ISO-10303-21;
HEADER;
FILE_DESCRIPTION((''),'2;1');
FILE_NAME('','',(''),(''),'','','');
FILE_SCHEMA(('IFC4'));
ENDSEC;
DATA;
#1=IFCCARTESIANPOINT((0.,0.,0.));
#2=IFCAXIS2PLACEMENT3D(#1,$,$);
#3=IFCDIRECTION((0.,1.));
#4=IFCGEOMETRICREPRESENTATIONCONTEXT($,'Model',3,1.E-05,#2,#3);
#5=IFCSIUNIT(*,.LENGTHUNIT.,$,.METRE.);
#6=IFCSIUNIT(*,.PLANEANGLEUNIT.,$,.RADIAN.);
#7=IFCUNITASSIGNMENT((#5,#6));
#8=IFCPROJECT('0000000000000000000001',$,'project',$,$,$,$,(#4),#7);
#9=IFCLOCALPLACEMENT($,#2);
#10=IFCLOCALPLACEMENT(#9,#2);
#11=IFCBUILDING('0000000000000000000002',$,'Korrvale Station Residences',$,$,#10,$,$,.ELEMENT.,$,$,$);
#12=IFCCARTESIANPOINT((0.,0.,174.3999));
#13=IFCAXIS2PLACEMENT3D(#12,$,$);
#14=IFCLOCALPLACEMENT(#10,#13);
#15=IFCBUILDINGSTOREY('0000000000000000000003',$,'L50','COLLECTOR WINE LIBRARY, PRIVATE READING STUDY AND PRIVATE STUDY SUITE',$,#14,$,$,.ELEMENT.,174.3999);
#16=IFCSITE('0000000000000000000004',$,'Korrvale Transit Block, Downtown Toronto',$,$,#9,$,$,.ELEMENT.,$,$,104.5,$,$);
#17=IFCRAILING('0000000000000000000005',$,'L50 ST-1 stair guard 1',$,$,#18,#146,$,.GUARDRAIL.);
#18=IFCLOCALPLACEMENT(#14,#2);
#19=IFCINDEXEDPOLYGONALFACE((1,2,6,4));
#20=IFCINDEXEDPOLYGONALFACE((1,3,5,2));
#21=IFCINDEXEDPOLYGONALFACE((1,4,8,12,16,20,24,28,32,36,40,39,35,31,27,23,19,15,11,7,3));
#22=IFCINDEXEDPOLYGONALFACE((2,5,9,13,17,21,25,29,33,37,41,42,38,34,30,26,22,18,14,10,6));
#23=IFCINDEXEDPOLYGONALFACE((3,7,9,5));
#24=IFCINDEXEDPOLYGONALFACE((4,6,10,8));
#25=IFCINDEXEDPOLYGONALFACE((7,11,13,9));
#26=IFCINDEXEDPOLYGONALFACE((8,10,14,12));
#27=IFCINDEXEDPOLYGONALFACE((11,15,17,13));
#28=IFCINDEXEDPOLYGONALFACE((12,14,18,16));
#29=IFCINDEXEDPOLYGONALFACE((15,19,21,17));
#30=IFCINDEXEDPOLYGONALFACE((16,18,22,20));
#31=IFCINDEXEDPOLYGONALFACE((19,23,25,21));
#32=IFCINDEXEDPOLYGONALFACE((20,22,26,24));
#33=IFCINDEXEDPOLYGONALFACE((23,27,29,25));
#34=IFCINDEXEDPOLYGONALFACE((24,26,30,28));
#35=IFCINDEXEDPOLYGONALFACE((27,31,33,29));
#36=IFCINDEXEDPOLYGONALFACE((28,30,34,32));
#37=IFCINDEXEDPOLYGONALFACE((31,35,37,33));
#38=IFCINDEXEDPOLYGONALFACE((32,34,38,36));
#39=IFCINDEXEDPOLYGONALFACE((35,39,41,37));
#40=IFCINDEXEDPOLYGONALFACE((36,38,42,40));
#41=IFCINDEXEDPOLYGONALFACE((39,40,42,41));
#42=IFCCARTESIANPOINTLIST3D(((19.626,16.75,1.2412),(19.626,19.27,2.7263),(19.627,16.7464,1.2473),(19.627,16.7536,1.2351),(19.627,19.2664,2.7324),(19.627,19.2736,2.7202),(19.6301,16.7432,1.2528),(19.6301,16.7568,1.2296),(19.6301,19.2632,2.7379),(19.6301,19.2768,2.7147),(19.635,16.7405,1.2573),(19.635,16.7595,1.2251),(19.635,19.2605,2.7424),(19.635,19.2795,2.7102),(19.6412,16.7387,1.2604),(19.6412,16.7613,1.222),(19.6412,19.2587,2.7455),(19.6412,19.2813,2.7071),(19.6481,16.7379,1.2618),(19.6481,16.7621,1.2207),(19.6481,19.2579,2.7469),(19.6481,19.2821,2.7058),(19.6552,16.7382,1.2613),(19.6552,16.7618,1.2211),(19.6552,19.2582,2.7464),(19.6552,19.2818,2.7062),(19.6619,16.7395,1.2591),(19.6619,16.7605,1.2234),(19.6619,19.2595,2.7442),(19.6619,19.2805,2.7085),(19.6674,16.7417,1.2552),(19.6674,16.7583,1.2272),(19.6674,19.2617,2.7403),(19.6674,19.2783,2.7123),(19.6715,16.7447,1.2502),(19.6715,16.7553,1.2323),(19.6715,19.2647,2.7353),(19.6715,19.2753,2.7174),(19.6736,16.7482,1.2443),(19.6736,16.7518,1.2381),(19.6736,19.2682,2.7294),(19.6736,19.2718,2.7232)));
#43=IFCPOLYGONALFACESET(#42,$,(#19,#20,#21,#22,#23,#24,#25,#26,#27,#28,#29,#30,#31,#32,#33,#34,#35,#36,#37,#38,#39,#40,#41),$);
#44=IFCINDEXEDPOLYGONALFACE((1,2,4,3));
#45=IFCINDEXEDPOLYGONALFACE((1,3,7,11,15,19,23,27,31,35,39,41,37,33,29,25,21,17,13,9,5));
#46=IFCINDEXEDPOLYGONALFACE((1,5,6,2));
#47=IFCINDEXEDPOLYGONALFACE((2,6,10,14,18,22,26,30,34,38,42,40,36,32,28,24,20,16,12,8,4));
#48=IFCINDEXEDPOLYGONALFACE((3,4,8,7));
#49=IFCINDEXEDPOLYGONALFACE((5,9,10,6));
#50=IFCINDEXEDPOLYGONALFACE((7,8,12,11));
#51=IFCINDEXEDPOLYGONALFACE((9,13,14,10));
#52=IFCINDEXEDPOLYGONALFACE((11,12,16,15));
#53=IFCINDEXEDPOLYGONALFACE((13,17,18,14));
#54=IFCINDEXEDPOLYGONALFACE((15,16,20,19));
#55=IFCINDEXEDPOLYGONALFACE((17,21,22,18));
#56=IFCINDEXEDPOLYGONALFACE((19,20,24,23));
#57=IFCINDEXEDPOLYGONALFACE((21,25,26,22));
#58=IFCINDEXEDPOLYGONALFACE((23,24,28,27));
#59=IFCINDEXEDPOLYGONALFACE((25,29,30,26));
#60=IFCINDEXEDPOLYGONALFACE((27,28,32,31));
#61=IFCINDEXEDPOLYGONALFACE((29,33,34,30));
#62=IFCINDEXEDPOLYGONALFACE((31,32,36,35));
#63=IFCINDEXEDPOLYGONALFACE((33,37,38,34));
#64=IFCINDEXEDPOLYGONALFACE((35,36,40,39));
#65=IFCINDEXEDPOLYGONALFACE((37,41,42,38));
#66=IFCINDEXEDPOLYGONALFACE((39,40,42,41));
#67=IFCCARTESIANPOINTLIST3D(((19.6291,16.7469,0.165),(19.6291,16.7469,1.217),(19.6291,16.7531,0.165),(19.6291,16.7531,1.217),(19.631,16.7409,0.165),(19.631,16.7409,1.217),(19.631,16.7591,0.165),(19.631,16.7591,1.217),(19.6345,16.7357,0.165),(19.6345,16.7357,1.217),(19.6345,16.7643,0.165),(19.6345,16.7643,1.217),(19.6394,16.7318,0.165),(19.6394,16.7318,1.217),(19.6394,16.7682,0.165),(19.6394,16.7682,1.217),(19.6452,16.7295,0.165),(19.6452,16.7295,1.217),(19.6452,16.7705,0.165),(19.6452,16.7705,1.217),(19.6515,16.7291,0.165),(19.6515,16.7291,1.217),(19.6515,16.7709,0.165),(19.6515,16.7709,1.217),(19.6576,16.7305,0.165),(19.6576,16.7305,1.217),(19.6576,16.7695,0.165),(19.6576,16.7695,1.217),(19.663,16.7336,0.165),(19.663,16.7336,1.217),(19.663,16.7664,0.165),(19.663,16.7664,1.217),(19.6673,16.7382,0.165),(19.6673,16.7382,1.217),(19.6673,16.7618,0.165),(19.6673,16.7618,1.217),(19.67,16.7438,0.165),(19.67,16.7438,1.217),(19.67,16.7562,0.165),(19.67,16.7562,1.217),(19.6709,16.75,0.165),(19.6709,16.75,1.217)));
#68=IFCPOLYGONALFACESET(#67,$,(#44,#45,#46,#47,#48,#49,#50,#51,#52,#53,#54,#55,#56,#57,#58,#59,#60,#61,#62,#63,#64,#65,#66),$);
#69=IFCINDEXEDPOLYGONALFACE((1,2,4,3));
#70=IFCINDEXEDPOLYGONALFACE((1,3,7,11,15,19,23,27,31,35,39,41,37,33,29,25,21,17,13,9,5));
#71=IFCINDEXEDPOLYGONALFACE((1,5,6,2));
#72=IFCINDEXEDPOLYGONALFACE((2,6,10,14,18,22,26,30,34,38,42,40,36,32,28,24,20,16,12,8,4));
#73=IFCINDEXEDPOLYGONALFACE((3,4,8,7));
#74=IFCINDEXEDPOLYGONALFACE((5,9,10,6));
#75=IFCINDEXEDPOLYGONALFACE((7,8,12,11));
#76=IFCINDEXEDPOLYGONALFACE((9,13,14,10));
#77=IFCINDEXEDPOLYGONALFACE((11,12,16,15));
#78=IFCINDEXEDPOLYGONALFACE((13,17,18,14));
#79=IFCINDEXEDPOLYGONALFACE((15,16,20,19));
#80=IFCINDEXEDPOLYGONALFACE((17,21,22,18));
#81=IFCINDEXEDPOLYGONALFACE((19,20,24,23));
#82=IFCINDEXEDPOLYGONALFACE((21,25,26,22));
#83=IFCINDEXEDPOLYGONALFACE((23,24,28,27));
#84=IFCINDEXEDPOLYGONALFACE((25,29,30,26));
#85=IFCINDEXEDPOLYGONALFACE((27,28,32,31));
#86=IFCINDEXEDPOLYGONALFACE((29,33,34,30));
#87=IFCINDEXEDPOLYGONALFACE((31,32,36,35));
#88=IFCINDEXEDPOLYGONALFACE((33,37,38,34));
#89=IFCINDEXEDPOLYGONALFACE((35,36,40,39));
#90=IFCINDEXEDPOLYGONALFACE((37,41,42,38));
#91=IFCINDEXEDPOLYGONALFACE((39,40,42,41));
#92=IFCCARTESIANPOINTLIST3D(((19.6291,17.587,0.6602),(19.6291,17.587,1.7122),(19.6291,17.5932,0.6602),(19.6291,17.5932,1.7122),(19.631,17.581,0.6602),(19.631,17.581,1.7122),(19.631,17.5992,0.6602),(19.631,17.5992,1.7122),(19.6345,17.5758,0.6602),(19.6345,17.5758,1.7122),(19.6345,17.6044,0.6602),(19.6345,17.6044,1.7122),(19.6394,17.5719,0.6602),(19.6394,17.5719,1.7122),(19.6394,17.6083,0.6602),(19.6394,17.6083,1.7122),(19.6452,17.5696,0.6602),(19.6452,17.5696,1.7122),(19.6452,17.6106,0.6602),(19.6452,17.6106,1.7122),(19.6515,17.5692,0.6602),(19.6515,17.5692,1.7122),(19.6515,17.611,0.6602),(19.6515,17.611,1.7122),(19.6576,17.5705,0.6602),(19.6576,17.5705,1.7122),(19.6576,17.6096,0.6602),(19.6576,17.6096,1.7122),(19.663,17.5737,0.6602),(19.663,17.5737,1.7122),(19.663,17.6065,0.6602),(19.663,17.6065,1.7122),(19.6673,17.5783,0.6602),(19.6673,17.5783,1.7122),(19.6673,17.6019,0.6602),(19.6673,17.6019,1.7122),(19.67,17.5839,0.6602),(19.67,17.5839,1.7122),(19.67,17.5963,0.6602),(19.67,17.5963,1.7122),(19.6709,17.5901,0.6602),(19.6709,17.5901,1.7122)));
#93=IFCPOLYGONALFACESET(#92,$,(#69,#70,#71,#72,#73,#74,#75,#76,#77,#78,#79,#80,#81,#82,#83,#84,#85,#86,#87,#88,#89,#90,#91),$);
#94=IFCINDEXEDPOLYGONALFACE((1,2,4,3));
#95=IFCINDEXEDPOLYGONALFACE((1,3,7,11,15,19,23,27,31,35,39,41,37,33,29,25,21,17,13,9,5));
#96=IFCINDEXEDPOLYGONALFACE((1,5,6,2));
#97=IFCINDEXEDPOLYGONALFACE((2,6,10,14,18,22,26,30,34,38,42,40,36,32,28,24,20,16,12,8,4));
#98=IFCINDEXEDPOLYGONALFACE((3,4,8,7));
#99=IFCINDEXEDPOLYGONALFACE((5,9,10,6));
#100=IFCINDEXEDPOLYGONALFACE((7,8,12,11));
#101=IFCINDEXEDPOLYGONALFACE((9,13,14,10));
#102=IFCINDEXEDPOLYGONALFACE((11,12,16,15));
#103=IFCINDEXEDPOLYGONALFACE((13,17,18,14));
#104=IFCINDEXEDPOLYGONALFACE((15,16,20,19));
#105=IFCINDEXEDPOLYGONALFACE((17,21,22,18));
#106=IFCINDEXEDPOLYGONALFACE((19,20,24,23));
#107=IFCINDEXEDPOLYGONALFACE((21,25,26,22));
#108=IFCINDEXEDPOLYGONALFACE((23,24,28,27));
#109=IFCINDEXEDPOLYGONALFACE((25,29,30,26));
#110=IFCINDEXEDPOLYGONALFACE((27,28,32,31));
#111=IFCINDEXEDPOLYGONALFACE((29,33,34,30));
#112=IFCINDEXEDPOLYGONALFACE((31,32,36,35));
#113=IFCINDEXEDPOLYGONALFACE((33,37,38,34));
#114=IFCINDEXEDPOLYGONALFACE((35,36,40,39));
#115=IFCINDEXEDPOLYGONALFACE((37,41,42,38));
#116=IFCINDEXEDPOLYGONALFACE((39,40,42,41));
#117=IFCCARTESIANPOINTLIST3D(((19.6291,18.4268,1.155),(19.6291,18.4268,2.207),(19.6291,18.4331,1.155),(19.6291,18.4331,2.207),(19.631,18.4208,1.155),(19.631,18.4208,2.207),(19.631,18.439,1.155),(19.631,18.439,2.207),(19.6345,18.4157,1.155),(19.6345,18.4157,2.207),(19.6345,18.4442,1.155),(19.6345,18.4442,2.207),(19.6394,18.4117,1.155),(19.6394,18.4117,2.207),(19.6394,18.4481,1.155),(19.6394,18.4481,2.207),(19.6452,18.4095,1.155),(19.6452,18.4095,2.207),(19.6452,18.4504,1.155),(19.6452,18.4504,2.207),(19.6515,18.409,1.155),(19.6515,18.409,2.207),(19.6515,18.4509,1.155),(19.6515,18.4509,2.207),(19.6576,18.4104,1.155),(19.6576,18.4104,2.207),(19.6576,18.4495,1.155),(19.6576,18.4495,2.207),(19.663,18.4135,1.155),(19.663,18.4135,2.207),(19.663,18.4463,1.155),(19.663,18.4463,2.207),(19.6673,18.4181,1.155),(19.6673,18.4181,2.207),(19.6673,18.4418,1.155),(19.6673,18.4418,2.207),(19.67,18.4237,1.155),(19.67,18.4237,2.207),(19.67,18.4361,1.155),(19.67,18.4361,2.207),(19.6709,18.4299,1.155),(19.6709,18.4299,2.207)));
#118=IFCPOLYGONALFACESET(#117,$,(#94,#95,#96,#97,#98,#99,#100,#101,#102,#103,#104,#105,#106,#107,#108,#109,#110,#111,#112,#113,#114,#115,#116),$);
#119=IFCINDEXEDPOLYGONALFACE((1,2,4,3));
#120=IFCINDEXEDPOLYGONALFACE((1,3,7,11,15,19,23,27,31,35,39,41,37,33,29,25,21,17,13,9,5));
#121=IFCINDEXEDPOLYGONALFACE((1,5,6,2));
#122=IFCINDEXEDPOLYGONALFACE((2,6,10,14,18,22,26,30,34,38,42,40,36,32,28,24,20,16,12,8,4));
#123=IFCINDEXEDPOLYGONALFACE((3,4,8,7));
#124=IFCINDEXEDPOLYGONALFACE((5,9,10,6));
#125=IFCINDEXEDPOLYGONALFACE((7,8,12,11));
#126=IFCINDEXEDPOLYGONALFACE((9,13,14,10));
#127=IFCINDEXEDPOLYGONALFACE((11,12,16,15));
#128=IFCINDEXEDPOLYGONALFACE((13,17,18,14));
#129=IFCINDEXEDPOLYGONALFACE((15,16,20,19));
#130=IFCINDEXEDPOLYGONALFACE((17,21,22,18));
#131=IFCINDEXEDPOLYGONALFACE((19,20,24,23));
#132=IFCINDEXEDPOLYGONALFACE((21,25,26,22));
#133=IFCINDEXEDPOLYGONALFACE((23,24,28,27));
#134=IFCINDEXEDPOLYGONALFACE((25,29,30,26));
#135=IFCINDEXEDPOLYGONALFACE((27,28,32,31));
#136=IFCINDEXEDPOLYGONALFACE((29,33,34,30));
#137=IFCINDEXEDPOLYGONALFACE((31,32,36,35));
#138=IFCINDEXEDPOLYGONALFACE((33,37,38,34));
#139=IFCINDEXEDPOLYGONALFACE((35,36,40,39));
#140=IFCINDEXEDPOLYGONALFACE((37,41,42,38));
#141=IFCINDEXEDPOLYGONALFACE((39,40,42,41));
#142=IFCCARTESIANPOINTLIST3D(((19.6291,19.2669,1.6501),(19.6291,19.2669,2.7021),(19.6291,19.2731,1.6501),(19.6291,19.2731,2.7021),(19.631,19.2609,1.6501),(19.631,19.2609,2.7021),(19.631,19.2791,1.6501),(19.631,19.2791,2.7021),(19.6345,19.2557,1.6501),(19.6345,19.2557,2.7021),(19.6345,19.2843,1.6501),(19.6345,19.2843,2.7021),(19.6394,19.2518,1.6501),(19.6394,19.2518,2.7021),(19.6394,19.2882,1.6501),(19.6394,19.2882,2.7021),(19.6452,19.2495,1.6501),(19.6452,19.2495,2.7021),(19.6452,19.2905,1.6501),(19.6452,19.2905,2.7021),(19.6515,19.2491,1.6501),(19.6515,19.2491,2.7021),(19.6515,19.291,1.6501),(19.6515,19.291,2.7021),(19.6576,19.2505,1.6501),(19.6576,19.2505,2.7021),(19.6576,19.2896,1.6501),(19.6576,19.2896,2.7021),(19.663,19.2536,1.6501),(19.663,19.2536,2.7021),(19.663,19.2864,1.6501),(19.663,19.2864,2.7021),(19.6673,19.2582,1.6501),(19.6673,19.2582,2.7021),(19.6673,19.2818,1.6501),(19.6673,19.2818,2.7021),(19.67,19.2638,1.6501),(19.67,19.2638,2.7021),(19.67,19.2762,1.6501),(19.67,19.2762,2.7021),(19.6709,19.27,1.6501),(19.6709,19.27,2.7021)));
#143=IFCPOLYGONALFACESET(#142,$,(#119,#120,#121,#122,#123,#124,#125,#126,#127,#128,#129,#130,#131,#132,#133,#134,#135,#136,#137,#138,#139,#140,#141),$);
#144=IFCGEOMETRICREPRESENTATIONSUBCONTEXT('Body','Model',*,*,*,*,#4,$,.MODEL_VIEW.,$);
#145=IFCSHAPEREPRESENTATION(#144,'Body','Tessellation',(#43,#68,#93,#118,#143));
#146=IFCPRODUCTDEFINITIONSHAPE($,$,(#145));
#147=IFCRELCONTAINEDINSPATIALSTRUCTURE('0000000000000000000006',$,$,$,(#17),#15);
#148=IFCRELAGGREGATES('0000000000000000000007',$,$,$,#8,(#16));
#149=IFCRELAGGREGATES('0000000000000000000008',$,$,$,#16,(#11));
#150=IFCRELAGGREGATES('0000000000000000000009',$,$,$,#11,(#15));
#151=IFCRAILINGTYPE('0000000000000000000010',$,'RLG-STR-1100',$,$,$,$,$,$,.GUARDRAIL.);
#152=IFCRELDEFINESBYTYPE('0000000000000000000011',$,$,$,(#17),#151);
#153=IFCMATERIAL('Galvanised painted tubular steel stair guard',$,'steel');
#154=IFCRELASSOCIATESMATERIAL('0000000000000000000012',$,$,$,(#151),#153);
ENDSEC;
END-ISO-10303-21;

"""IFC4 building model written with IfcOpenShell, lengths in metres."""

from ifc_helpers import new_model, si_unit, direction, frame, origin, origin_2d, place, context, subcontext, project, spatial, circle, extrude, material, type_object, element, save


model = new_model("IFC4")

# Units and contexts
model_context = context("Model", 3, precision=1e-05, world=origin(), true_north=direction((0.0, 1.0)))
body_context = subcontext(model_context, "Body", "Model", "MODEL_VIEW")
ifc_project = project(units=[si_unit("LENGTHUNIT", "METRE"), si_unit("PLANEANGLEUNIT", "RADIAN")], contexts=[model_context])

# Site, building, storey
site_placement = place(None, origin())
site = spatial("IfcSite", under=ifc_project, at=site_placement, Name="Korrvale Transit Block, Downtown Toronto", CompositionType="ELEMENT", RefElevation=104.5)
building_placement = place(site_placement, origin())
building = spatial("IfcBuilding", under=site, at=building_placement, Name="Korrvale Station Residences", CompositionType="ELEMENT")
storey_placement = place(building_placement, frame((0.0, 0.0, 174.3999)))
storey = spatial("IfcBuildingStorey", under=building, at=storey_placement, Name="L50", Description="COLLECTOR WINE LIBRARY, PRIVATE READING STUDY AND PRIVATE STUDY SUITE", CompositionType="ELEMENT", Elevation=174.3999)

# Railing
ifc_material_1 = material(Name="Galvanised painted tubular steel stair guard", Category="steel")
railing_type_1 = type_object("IfcRailingType", Name="RLG-STR-1100", PredefinedType="GUARDRAIL", material=ifc_material_1)
railing_1_placement = place(storey_placement, frame((19.6499, 16.75, 0.165)))
element("IfcRailing", 1, at=railing_1_placement, inside=storey, type_object=railing_type_1, Name="L50 ST-1 stair guard 1", PredefinedType="GUARDRAIL", context=body_context, shape_type="SweptSolid", body=[
    extrude(circle(Radius=0.0239, at=origin_2d()), frame((0.0, 0.0, 1.0762), z_axis=(0.0, 0.861524, 0.507717), x_axis=(-1.0, 0.0, 0.0)), (0.0, 0.0, 1.0), 2.925),
    extrude(circle(Radius=0.021, at=origin_2d()), origin(), (0.0, 0.0, 1.0), 1.052),
    extrude(circle(Radius=0.021, at=origin_2d()), frame((0.0, 0.8401, 0.4951)), (0.0, 0.0, 1.0), 1.052),
    extrude(circle(Radius=0.021, at=origin_2d()), frame((0.0, 1.6799, 0.99)), (0.0, 0.0, 1.0), 1.052),
    extrude(circle(Radius=0.021, at=origin_2d()), frame((0.0, 2.52, 1.4851)), (0.0, 0.0, 1.0), 1.052),
])

save(model, "model.ifc")
